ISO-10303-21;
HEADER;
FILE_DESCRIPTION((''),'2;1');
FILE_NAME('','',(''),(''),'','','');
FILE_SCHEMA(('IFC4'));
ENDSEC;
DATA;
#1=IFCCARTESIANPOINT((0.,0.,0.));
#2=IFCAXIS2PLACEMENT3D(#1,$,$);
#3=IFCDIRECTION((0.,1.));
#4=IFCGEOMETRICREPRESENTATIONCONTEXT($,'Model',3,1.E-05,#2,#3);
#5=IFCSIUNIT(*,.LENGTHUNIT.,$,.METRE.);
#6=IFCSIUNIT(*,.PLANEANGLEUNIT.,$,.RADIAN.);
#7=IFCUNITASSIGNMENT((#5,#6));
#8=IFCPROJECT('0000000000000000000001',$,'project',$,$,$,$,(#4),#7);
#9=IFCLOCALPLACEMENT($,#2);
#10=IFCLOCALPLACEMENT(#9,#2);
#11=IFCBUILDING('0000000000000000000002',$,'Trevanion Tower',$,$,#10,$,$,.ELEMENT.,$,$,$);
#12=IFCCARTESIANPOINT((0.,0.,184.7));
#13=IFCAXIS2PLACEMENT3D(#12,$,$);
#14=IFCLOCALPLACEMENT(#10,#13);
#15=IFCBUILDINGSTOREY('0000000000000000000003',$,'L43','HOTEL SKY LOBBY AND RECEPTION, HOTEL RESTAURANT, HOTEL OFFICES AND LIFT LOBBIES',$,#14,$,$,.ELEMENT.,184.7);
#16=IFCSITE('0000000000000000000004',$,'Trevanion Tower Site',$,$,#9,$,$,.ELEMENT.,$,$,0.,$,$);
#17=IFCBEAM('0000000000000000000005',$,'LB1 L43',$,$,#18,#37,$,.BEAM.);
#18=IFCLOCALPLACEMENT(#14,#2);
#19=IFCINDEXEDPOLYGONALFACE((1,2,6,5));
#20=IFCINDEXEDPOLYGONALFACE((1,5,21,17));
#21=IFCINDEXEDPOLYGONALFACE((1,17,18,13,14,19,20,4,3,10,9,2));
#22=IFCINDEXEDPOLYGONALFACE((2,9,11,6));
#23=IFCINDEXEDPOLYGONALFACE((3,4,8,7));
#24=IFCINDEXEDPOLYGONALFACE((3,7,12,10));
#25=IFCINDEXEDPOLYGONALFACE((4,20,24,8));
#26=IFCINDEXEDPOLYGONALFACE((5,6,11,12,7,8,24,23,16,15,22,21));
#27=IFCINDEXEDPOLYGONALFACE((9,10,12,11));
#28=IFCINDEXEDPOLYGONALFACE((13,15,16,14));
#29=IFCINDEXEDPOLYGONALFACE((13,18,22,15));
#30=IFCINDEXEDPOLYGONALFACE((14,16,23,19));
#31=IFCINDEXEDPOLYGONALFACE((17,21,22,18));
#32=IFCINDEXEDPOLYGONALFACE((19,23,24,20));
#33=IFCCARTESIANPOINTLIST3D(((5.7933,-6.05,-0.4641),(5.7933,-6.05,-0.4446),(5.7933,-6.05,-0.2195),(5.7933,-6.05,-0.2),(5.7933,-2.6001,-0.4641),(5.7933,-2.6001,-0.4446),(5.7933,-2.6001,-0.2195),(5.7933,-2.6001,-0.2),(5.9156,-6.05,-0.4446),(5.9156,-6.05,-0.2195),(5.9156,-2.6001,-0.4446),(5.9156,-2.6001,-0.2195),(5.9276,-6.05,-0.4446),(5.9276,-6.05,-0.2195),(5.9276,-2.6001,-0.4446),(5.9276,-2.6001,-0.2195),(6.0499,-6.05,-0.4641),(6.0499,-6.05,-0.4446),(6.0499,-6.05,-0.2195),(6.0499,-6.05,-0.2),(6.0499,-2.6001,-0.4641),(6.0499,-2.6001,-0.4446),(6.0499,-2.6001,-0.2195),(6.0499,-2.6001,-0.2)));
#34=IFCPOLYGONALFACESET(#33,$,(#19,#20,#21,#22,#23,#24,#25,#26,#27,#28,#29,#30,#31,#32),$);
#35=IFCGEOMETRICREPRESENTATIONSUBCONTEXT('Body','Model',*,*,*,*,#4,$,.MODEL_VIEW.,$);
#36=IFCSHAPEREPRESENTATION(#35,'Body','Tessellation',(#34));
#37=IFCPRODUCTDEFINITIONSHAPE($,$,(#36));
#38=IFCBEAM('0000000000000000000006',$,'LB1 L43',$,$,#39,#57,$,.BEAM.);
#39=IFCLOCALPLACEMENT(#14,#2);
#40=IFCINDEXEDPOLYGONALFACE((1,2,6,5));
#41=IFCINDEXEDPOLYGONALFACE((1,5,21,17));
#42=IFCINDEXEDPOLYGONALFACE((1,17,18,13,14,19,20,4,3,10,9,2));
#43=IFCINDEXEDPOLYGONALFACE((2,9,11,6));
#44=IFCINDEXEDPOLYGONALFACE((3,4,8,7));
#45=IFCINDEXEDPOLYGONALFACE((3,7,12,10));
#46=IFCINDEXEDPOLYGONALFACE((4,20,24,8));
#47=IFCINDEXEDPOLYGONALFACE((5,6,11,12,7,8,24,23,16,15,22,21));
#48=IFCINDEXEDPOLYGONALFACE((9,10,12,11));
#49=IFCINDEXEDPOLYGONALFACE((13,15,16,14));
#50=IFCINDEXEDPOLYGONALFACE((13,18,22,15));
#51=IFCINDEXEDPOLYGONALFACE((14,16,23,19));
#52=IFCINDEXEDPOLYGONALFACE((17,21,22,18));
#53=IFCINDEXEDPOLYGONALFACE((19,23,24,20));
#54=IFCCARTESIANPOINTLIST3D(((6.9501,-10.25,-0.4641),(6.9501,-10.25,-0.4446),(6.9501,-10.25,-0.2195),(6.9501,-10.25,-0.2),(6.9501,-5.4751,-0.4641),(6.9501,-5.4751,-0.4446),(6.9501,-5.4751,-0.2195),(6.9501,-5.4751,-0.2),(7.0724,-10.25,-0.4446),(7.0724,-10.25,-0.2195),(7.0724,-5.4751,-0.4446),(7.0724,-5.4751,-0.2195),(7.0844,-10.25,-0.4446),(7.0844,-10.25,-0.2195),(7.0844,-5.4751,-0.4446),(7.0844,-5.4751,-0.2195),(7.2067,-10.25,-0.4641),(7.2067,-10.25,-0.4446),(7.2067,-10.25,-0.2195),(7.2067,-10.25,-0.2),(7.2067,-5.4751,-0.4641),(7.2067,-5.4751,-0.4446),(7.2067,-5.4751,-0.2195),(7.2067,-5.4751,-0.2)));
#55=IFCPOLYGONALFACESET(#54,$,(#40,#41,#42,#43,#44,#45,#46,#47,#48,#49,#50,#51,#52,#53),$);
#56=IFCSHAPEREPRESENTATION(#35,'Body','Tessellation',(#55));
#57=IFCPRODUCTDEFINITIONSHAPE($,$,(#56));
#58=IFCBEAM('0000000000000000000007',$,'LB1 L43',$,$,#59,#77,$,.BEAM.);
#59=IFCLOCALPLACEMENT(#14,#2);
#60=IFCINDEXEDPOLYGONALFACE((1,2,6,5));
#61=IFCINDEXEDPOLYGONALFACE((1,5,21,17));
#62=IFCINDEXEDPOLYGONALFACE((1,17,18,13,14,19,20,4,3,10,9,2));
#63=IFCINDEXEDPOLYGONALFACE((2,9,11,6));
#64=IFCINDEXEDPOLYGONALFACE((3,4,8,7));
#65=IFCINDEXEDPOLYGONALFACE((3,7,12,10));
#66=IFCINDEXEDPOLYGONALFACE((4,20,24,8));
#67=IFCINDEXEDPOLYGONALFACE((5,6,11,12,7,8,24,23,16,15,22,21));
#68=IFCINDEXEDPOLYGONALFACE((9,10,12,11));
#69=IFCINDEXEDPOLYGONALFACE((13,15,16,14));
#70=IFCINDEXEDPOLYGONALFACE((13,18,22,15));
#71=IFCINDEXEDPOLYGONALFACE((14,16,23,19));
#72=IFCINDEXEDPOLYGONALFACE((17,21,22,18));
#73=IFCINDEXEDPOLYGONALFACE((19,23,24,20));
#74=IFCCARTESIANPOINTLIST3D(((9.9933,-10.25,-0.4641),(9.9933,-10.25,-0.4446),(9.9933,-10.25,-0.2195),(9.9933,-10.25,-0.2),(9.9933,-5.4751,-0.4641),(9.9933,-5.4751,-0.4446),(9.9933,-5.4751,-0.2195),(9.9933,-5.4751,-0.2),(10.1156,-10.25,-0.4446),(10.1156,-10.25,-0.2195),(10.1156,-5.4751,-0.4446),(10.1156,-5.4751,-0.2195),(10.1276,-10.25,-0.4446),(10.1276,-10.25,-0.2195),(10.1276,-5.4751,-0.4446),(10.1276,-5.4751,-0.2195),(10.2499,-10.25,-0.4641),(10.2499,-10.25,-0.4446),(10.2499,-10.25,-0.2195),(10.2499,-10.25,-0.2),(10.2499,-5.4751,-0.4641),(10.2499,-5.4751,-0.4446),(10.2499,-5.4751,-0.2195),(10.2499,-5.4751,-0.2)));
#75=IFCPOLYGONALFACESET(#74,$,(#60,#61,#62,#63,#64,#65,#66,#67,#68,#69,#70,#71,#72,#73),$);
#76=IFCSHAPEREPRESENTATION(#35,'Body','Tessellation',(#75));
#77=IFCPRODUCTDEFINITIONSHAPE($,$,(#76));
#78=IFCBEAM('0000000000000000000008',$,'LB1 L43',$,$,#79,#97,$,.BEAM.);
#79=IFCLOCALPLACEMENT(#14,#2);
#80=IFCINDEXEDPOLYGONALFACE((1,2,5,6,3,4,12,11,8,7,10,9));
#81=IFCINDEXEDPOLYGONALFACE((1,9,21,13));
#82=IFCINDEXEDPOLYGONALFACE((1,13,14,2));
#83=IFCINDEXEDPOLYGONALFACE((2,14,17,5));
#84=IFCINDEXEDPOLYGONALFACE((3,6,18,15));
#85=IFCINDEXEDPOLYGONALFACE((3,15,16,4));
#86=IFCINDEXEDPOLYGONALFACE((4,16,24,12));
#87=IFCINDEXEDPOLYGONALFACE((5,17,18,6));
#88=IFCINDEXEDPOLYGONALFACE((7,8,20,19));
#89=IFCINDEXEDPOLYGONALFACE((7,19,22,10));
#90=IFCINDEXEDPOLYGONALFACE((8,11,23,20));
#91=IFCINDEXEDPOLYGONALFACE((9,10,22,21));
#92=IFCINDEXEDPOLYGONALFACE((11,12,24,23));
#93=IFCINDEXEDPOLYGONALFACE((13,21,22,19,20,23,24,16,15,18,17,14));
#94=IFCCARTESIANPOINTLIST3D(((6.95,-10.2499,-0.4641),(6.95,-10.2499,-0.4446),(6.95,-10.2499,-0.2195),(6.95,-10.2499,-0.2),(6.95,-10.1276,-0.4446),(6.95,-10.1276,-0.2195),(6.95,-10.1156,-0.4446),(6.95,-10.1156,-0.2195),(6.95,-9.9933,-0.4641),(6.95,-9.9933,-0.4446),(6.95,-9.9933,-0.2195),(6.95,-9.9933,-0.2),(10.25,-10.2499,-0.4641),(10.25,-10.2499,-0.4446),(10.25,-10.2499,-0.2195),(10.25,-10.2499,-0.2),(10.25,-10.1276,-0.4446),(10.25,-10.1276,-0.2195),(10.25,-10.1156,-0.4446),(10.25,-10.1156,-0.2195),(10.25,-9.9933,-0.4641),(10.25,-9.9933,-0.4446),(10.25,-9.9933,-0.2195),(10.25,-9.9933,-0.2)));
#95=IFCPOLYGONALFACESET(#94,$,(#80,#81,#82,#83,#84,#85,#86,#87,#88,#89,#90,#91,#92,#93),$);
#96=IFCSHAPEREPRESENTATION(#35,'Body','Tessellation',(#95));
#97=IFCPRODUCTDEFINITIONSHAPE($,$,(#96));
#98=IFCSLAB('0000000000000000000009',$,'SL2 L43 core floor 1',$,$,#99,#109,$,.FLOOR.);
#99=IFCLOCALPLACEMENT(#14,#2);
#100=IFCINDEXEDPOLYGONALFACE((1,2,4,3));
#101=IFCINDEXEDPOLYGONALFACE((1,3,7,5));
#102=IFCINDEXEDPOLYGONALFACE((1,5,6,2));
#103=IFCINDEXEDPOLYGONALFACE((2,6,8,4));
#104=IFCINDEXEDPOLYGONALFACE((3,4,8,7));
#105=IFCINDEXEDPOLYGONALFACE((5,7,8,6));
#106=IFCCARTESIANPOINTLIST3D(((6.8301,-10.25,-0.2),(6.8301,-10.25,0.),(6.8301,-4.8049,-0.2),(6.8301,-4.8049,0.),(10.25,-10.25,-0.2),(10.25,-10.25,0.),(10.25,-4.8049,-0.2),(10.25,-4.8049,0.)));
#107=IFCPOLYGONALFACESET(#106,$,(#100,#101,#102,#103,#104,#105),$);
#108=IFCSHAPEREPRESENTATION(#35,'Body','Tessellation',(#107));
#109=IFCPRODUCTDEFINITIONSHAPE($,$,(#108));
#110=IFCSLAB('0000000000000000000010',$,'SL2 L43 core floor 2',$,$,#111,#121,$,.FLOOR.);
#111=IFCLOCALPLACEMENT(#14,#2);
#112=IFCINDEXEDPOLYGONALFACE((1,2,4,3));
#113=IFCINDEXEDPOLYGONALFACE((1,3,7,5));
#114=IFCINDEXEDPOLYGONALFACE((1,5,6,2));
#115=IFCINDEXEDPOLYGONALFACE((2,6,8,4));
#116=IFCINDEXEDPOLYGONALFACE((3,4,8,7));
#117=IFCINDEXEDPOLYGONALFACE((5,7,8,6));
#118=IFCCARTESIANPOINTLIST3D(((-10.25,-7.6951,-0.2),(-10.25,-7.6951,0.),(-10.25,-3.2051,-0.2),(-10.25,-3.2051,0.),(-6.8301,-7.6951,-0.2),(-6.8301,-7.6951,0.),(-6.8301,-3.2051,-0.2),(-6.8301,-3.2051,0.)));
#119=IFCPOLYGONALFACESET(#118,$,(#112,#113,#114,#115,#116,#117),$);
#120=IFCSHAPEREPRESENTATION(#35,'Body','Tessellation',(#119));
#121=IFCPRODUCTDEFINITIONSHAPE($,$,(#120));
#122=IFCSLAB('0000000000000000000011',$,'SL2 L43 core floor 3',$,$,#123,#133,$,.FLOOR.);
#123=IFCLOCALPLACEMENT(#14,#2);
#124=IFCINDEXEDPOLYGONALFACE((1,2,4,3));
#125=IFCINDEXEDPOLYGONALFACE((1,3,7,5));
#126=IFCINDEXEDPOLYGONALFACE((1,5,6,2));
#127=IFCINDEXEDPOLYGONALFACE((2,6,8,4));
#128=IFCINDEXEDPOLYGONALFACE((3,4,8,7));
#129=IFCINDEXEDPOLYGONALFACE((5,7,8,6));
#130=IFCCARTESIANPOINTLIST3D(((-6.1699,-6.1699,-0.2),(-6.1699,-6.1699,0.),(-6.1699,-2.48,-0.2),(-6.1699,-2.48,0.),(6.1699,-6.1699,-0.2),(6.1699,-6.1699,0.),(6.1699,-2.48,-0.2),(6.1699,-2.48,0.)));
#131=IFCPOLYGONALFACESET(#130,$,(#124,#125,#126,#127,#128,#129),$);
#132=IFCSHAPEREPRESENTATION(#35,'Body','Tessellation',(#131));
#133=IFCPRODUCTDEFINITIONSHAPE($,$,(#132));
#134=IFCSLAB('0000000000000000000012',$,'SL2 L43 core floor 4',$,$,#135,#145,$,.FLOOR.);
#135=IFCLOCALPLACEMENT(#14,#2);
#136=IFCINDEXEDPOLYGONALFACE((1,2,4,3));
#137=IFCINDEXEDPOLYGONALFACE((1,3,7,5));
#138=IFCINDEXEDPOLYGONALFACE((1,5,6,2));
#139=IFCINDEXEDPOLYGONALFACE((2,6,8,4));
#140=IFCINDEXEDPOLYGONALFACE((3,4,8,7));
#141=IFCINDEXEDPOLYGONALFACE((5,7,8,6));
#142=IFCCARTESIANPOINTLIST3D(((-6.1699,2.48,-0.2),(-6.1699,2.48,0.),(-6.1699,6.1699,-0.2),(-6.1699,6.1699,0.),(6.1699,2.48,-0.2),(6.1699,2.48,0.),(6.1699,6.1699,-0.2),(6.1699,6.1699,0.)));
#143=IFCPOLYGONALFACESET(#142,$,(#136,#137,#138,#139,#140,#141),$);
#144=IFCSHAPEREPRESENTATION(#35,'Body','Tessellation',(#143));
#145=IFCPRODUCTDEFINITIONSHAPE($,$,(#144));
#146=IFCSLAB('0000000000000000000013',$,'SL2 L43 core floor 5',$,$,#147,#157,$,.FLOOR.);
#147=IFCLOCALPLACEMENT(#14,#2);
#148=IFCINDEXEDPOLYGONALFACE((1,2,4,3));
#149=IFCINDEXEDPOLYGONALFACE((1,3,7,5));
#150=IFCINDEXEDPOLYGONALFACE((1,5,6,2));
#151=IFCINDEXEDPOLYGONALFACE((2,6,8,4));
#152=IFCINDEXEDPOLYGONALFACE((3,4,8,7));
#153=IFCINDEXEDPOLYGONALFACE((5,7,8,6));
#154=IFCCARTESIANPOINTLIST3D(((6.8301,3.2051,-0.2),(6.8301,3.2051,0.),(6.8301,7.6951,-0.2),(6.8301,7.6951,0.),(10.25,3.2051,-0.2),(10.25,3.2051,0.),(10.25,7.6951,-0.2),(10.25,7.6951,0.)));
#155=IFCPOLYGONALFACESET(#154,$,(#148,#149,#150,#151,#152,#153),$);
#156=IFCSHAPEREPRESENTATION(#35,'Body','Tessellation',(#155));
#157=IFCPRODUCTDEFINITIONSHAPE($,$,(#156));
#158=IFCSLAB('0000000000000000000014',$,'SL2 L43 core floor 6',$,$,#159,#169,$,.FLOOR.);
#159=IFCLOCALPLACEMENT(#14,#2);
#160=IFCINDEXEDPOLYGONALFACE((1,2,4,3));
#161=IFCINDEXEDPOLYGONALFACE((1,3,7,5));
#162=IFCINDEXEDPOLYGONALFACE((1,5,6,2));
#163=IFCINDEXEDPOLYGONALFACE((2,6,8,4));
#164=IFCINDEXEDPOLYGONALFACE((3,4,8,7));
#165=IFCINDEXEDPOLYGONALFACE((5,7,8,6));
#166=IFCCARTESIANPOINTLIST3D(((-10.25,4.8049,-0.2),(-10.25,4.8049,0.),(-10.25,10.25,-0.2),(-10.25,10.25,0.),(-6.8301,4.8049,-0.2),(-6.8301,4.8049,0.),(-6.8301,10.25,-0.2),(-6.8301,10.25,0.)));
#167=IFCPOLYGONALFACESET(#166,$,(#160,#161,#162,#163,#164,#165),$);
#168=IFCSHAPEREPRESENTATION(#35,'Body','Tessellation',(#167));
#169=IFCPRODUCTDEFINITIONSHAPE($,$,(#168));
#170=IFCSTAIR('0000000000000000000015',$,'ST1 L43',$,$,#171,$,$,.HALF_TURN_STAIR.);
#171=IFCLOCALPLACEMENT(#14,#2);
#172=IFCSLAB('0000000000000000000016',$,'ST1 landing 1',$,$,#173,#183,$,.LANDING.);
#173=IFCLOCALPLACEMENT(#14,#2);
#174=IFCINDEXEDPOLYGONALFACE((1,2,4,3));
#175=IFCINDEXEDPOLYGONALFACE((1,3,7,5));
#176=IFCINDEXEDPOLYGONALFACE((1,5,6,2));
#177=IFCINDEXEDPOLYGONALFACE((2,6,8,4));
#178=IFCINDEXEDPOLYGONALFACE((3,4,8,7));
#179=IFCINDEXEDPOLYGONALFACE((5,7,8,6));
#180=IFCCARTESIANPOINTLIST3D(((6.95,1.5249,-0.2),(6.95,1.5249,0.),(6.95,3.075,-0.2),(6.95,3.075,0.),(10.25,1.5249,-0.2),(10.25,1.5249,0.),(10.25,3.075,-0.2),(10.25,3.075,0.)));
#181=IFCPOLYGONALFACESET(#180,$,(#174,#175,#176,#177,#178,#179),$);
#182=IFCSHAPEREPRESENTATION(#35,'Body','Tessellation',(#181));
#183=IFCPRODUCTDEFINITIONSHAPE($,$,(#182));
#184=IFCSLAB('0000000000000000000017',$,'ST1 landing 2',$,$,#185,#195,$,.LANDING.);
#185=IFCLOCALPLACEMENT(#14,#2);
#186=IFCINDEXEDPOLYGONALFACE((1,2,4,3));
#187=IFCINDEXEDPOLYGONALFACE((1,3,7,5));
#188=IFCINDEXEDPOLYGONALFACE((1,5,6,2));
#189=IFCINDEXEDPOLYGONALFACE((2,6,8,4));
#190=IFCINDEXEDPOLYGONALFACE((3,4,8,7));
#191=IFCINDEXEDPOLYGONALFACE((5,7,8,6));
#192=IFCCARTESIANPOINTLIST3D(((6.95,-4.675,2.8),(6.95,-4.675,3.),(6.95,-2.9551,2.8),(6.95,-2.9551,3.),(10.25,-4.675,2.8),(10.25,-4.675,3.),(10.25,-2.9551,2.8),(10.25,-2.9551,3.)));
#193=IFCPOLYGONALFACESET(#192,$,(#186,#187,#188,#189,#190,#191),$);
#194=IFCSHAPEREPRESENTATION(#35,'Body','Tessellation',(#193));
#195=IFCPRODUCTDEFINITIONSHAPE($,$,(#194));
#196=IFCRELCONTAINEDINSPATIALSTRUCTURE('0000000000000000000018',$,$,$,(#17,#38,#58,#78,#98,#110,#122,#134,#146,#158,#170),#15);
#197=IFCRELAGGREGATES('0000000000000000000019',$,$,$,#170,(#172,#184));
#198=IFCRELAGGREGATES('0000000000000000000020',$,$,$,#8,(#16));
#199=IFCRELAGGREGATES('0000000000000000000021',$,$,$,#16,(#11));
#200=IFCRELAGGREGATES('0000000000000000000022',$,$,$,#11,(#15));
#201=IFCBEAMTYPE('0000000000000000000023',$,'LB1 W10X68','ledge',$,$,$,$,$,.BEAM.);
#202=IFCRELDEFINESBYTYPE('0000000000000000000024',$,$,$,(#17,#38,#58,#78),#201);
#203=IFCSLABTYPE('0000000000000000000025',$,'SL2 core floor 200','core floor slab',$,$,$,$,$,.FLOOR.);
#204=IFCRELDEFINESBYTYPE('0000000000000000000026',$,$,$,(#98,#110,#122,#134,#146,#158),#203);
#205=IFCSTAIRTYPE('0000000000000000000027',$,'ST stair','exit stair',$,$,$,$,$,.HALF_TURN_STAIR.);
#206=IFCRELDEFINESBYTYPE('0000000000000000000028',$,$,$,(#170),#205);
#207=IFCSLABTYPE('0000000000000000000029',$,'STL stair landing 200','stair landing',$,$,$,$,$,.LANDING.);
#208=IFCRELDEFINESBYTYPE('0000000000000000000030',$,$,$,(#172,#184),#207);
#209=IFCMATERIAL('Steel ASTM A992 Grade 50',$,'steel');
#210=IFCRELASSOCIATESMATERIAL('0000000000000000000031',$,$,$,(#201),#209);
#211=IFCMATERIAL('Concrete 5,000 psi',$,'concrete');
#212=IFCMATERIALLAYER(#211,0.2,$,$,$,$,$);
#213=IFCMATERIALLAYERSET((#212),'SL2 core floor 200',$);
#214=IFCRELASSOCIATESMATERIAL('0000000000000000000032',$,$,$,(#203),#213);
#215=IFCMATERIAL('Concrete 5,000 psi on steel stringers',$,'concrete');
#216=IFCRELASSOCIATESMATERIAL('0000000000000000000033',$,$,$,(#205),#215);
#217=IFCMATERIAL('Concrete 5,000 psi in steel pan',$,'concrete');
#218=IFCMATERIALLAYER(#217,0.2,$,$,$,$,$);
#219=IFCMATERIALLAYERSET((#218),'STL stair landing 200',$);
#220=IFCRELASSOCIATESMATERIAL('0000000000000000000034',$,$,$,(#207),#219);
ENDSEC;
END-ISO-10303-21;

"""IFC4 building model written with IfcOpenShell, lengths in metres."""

from ifc_helpers import new_model, si_unit, direction, frame, origin, origin_2d, place, context, subcontext, project, spatial, polyline, i_section, outline, extrude, material, layer, layer_set, material_profile, profile_set, type_object, element, aggregate, save


model = new_model("IFC4")

# Units and contexts
model_context = context("Model", 3, precision=1e-05, world=origin(), true_north=direction((0.0, 1.0)))
body_context = subcontext(model_context, "Body", "Model", "MODEL_VIEW")
ifc_project = project(units=[si_unit("LENGTHUNIT", "METRE"), si_unit("PLANEANGLEUNIT", "RADIAN")], contexts=[model_context])

# Site, building, storey
site_placement = place(None, origin())
site = spatial("IfcSite", under=ifc_project, at=site_placement, Name="Trevanion Tower Site", CompositionType="ELEMENT", RefElevation=0.0)
building_placement = place(site_placement, origin())
building = spatial("IfcBuilding", under=site, at=building_placement, Name="Trevanion Tower", CompositionType="ELEMENT")
storey_placement = place(building_placement, frame((0.0, 0.0, 184.7)))
storey = spatial("IfcBuildingStorey", under=building, at=storey_placement, Name="L43", Description="HOTEL SKY LOBBY AND RECEPTION, HOTEL RESTAURANT, HOTEL OFFICES AND LIFT LOBBIES", CompositionType="ELEMENT", Elevation=184.7)

# Beams
ifc_material_1 = material(Name="Steel ASTM A992 Grade 50", Category="steel")
ifc_material_profile = material_profile(ifc_material_1, i_section(OverallWidth=0.2566, OverallDepth=0.2642, WebThickness=0.012, FlangeThickness=0.0195, at=origin_2d()), Name="W10X68")
ifc_profile_set = profile_set([ifc_material_profile], Name="Steel ASTM A992 Grade 50")
beam_type = type_object("IfcBeamType", Name="LB1 W10X68", Description="ledge", PredefinedType="BEAM", material=ifc_profile_set)
beam_1_placement = place(storey_placement, frame((5.9216, -6.05, -0.332), z_axis=(0.0, 1.0, 0.0), x_axis=(-1.0, 0.0, 0.0)))
element("IfcBeam", 1, at=beam_1_placement, inside=storey, type_object=beam_type, Name="LB1 L43", PredefinedType="BEAM", context=body_context, shape_type="SweptSolid", body=[
    extrude(i_section(OverallWidth=0.2566, OverallDepth=0.2642, WebThickness=0.012, FlangeThickness=0.0195, at=origin_2d()), origin(), (0.0, 0.0, 1.0), 3.45),
])
for number, where, z_axis, x_axis, name in (
    (2, (7.0784, -10.25, -0.332), (0.0, 1.0, 0.0), (-1.0, 0.0, 0.0), "LB1 L43"),
    (3, (10.1216, -10.25, -0.332), (0.0, 1.0, 0.0), (-1.0, 0.0, 0.0), "LB1 L43"),
):
    element("IfcBeam", number, at=place(storey_placement, frame(where, z_axis=z_axis, x_axis=x_axis)), inside=storey, type_object=beam_type, Name=name, PredefinedType="BEAM", context=body_context, shape_type="SweptSolid", body=[
        extrude(i_section(OverallWidth=0.2566, OverallDepth=0.2642, WebThickness=0.012, FlangeThickness=0.0195, at=origin_2d()), origin(), (0.0, 0.0, 1.0), 4.7749),
    ])
beam_2_placement = place(storey_placement, frame((6.95, -10.1216, -0.332), z_axis=(1.0, 0.0, 0.0), x_axis=(0.0, 1.0, 0.0)))
element("IfcBeam", 4, at=beam_2_placement, inside=storey, type_object=beam_type, Name="LB1 L43", PredefinedType="BEAM", context=body_context, shape_type="SweptSolid", body=[
    extrude(i_section(OverallWidth=0.2566, OverallDepth=0.2642, WebThickness=0.012, FlangeThickness=0.0195, at=origin_2d()), origin(), (0.0, 0.0, 1.0), 3.3),
])

# Slabs
ifc_material_2 = material(Name="Concrete 5,000 psi", Category="concrete")
ifc_layer_1 = layer(ifc_material_2, 0.2)
ifc_layer_set_1 = layer_set([ifc_layer_1], Name="SL2 core floor 200")
slab_type_1 = type_object("IfcSlabType", Name="SL2 core floor 200", Description="core floor slab", PredefinedType="FLOOR", material=ifc_layer_set_1)
slab_1_placement = place(storey_placement, frame((0.0, 0.0, -0.2)))
element("IfcSlab", 5, at=slab_1_placement, inside=storey, type_object=slab_type_1, Name="SL2 L43 core floor 1", PredefinedType="FLOOR", context=body_context, shape_type="SweptSolid", body=[
    extrude(outline(polyline([(10.25, -4.8049), (10.25, -10.25), (6.8301, -10.25), (6.8301, -4.8049), (10.25, -4.8049)])), origin(), (0.0, 0.0, 1.0), 0.2),
])
slab_2_placement = place(storey_placement, frame((0.0, 0.0, -0.2)))
element("IfcSlab", 6, at=slab_2_placement, inside=storey, type_object=slab_type_1, Name="SL2 L43 core floor 2", PredefinedType="FLOOR", context=body_context, shape_type="SweptSolid", body=[
    extrude(outline(polyline([(-6.8301, -3.2051), (-6.8301, -7.6951), (-10.25, -7.6951), (-10.25, -3.2051), (-6.8301, -3.2051)])), origin(), (0.0, 0.0, 1.0), 0.2),
])
slab_3_placement = place(storey_placement, frame((0.0, 0.0, -0.2)))
element("IfcSlab", 7, at=slab_3_placement, inside=storey, type_object=slab_type_1, Name="SL2 L43 core floor 3", PredefinedType="FLOOR", context=body_context, shape_type="SweptSolid", body=[
    extrude(outline(polyline([(6.1699, -6.1699), (-6.1699, -6.1699), (-6.1699, -2.48), (6.1699, -2.48), (6.1699, -6.1699)])), origin(), (0.0, 0.0, 1.0), 0.2),
])
slab_4_placement = place(storey_placement, frame((0.0, 0.0, -0.2)))
element("IfcSlab", 8, at=slab_4_placement, inside=storey, type_object=slab_type_1, Name="SL2 L43 core floor 4", PredefinedType="FLOOR", context=body_context, shape_type="SweptSolid", body=[
    extrude(outline(polyline([(6.1699, 6.1699), (6.1699, 2.48), (-6.1699, 2.48), (-6.1699, 6.1699), (6.1699, 6.1699)])), origin(), (0.0, 0.0, 1.0), 0.2),
])
slab_5_placement = place(storey_placement, frame((0.0, 0.0, -0.2)))
element("IfcSlab", 9, at=slab_5_placement, inside=storey, type_object=slab_type_1, Name="SL2 L43 core floor 5", PredefinedType="FLOOR", context=body_context, shape_type="SweptSolid", body=[
    extrude(outline(polyline([(6.8301, 3.2051), (6.8301, 7.6951), (10.25, 7.6951), (10.25, 3.2051), (6.8301, 3.2051)])), origin(), (0.0, 0.0, 1.0), 0.2),
])
slab_6_placement = place(storey_placement, frame((0.0, 0.0, -0.2)))
element("IfcSlab", 10, at=slab_6_placement, inside=storey, type_object=slab_type_1, Name="SL2 L43 core floor 6", PredefinedType="FLOOR", context=body_context, shape_type="SweptSolid", body=[
    extrude(outline(polyline([(-6.8301, 4.8049), (-10.25, 4.8049), (-10.25, 10.25), (-6.8301, 10.25), (-6.8301, 4.8049)])), origin(), (0.0, 0.0, 1.0), 0.2),
])

# Stair, slabs
ifc_material_3 = material(Name="Concrete 5,000 psi on steel stringers", Category="concrete")
stair_type = type_object("IfcStairType", Name="ST stair", Description="exit stair", PredefinedType="HALF_TURN_STAIR", material=ifc_material_3)
stair_1_placement = place(storey_placement, origin())
stair_1 = element("IfcStair", 11, at=stair_1_placement, inside=storey, type_object=stair_type, Name="ST1 L43", PredefinedType="HALF_TURN_STAIR")
ifc_material_4 = material(Name="Concrete 5,000 psi in steel pan", Category="concrete")
ifc_layer_2 = layer(ifc_material_4, 0.2)
ifc_layer_set_2 = layer_set([ifc_layer_2], Name="STL stair landing 200")
slab_type_2 = type_object("IfcSlabType", Name="STL stair landing 200", Description="stair landing", PredefinedType="LANDING", material=ifc_layer_set_2)
slab_7_placement = place(storey_placement, frame((0.0, 0.0, -0.2)))
slab_7 = element("IfcSlab", 12, at=slab_7_placement, type_object=slab_type_2, Name="ST1 landing 1", PredefinedType="LANDING", context=body_context, shape_type="SweptSolid", body=[
    extrude(outline(polyline([(6.95, 1.5249), (10.25, 1.5249), (10.25, 3.075), (6.95, 3.075), (6.95, 1.5249)])), origin(), (0.0, 0.0, 1.0), 0.2),
])
slab_8_placement = place(storey_placement, frame((0.0, 0.0, 2.8)))
slab_8 = element("IfcSlab", 13, at=slab_8_placement, type_object=slab_type_2, Name="ST1 landing 2", PredefinedType="LANDING", context=body_context, shape_type="SweptSolid", body=[
    extrude(outline(polyline([(6.95, -4.675), (10.25, -4.675), (10.25, -2.9551), (6.95, -2.9551), (6.95, -4.675)])), origin(), (0.0, 0.0, 1.0), 0.2),
])

aggregate(stair_1, [slab_7, slab_8])

save(model, "model.ifc")
